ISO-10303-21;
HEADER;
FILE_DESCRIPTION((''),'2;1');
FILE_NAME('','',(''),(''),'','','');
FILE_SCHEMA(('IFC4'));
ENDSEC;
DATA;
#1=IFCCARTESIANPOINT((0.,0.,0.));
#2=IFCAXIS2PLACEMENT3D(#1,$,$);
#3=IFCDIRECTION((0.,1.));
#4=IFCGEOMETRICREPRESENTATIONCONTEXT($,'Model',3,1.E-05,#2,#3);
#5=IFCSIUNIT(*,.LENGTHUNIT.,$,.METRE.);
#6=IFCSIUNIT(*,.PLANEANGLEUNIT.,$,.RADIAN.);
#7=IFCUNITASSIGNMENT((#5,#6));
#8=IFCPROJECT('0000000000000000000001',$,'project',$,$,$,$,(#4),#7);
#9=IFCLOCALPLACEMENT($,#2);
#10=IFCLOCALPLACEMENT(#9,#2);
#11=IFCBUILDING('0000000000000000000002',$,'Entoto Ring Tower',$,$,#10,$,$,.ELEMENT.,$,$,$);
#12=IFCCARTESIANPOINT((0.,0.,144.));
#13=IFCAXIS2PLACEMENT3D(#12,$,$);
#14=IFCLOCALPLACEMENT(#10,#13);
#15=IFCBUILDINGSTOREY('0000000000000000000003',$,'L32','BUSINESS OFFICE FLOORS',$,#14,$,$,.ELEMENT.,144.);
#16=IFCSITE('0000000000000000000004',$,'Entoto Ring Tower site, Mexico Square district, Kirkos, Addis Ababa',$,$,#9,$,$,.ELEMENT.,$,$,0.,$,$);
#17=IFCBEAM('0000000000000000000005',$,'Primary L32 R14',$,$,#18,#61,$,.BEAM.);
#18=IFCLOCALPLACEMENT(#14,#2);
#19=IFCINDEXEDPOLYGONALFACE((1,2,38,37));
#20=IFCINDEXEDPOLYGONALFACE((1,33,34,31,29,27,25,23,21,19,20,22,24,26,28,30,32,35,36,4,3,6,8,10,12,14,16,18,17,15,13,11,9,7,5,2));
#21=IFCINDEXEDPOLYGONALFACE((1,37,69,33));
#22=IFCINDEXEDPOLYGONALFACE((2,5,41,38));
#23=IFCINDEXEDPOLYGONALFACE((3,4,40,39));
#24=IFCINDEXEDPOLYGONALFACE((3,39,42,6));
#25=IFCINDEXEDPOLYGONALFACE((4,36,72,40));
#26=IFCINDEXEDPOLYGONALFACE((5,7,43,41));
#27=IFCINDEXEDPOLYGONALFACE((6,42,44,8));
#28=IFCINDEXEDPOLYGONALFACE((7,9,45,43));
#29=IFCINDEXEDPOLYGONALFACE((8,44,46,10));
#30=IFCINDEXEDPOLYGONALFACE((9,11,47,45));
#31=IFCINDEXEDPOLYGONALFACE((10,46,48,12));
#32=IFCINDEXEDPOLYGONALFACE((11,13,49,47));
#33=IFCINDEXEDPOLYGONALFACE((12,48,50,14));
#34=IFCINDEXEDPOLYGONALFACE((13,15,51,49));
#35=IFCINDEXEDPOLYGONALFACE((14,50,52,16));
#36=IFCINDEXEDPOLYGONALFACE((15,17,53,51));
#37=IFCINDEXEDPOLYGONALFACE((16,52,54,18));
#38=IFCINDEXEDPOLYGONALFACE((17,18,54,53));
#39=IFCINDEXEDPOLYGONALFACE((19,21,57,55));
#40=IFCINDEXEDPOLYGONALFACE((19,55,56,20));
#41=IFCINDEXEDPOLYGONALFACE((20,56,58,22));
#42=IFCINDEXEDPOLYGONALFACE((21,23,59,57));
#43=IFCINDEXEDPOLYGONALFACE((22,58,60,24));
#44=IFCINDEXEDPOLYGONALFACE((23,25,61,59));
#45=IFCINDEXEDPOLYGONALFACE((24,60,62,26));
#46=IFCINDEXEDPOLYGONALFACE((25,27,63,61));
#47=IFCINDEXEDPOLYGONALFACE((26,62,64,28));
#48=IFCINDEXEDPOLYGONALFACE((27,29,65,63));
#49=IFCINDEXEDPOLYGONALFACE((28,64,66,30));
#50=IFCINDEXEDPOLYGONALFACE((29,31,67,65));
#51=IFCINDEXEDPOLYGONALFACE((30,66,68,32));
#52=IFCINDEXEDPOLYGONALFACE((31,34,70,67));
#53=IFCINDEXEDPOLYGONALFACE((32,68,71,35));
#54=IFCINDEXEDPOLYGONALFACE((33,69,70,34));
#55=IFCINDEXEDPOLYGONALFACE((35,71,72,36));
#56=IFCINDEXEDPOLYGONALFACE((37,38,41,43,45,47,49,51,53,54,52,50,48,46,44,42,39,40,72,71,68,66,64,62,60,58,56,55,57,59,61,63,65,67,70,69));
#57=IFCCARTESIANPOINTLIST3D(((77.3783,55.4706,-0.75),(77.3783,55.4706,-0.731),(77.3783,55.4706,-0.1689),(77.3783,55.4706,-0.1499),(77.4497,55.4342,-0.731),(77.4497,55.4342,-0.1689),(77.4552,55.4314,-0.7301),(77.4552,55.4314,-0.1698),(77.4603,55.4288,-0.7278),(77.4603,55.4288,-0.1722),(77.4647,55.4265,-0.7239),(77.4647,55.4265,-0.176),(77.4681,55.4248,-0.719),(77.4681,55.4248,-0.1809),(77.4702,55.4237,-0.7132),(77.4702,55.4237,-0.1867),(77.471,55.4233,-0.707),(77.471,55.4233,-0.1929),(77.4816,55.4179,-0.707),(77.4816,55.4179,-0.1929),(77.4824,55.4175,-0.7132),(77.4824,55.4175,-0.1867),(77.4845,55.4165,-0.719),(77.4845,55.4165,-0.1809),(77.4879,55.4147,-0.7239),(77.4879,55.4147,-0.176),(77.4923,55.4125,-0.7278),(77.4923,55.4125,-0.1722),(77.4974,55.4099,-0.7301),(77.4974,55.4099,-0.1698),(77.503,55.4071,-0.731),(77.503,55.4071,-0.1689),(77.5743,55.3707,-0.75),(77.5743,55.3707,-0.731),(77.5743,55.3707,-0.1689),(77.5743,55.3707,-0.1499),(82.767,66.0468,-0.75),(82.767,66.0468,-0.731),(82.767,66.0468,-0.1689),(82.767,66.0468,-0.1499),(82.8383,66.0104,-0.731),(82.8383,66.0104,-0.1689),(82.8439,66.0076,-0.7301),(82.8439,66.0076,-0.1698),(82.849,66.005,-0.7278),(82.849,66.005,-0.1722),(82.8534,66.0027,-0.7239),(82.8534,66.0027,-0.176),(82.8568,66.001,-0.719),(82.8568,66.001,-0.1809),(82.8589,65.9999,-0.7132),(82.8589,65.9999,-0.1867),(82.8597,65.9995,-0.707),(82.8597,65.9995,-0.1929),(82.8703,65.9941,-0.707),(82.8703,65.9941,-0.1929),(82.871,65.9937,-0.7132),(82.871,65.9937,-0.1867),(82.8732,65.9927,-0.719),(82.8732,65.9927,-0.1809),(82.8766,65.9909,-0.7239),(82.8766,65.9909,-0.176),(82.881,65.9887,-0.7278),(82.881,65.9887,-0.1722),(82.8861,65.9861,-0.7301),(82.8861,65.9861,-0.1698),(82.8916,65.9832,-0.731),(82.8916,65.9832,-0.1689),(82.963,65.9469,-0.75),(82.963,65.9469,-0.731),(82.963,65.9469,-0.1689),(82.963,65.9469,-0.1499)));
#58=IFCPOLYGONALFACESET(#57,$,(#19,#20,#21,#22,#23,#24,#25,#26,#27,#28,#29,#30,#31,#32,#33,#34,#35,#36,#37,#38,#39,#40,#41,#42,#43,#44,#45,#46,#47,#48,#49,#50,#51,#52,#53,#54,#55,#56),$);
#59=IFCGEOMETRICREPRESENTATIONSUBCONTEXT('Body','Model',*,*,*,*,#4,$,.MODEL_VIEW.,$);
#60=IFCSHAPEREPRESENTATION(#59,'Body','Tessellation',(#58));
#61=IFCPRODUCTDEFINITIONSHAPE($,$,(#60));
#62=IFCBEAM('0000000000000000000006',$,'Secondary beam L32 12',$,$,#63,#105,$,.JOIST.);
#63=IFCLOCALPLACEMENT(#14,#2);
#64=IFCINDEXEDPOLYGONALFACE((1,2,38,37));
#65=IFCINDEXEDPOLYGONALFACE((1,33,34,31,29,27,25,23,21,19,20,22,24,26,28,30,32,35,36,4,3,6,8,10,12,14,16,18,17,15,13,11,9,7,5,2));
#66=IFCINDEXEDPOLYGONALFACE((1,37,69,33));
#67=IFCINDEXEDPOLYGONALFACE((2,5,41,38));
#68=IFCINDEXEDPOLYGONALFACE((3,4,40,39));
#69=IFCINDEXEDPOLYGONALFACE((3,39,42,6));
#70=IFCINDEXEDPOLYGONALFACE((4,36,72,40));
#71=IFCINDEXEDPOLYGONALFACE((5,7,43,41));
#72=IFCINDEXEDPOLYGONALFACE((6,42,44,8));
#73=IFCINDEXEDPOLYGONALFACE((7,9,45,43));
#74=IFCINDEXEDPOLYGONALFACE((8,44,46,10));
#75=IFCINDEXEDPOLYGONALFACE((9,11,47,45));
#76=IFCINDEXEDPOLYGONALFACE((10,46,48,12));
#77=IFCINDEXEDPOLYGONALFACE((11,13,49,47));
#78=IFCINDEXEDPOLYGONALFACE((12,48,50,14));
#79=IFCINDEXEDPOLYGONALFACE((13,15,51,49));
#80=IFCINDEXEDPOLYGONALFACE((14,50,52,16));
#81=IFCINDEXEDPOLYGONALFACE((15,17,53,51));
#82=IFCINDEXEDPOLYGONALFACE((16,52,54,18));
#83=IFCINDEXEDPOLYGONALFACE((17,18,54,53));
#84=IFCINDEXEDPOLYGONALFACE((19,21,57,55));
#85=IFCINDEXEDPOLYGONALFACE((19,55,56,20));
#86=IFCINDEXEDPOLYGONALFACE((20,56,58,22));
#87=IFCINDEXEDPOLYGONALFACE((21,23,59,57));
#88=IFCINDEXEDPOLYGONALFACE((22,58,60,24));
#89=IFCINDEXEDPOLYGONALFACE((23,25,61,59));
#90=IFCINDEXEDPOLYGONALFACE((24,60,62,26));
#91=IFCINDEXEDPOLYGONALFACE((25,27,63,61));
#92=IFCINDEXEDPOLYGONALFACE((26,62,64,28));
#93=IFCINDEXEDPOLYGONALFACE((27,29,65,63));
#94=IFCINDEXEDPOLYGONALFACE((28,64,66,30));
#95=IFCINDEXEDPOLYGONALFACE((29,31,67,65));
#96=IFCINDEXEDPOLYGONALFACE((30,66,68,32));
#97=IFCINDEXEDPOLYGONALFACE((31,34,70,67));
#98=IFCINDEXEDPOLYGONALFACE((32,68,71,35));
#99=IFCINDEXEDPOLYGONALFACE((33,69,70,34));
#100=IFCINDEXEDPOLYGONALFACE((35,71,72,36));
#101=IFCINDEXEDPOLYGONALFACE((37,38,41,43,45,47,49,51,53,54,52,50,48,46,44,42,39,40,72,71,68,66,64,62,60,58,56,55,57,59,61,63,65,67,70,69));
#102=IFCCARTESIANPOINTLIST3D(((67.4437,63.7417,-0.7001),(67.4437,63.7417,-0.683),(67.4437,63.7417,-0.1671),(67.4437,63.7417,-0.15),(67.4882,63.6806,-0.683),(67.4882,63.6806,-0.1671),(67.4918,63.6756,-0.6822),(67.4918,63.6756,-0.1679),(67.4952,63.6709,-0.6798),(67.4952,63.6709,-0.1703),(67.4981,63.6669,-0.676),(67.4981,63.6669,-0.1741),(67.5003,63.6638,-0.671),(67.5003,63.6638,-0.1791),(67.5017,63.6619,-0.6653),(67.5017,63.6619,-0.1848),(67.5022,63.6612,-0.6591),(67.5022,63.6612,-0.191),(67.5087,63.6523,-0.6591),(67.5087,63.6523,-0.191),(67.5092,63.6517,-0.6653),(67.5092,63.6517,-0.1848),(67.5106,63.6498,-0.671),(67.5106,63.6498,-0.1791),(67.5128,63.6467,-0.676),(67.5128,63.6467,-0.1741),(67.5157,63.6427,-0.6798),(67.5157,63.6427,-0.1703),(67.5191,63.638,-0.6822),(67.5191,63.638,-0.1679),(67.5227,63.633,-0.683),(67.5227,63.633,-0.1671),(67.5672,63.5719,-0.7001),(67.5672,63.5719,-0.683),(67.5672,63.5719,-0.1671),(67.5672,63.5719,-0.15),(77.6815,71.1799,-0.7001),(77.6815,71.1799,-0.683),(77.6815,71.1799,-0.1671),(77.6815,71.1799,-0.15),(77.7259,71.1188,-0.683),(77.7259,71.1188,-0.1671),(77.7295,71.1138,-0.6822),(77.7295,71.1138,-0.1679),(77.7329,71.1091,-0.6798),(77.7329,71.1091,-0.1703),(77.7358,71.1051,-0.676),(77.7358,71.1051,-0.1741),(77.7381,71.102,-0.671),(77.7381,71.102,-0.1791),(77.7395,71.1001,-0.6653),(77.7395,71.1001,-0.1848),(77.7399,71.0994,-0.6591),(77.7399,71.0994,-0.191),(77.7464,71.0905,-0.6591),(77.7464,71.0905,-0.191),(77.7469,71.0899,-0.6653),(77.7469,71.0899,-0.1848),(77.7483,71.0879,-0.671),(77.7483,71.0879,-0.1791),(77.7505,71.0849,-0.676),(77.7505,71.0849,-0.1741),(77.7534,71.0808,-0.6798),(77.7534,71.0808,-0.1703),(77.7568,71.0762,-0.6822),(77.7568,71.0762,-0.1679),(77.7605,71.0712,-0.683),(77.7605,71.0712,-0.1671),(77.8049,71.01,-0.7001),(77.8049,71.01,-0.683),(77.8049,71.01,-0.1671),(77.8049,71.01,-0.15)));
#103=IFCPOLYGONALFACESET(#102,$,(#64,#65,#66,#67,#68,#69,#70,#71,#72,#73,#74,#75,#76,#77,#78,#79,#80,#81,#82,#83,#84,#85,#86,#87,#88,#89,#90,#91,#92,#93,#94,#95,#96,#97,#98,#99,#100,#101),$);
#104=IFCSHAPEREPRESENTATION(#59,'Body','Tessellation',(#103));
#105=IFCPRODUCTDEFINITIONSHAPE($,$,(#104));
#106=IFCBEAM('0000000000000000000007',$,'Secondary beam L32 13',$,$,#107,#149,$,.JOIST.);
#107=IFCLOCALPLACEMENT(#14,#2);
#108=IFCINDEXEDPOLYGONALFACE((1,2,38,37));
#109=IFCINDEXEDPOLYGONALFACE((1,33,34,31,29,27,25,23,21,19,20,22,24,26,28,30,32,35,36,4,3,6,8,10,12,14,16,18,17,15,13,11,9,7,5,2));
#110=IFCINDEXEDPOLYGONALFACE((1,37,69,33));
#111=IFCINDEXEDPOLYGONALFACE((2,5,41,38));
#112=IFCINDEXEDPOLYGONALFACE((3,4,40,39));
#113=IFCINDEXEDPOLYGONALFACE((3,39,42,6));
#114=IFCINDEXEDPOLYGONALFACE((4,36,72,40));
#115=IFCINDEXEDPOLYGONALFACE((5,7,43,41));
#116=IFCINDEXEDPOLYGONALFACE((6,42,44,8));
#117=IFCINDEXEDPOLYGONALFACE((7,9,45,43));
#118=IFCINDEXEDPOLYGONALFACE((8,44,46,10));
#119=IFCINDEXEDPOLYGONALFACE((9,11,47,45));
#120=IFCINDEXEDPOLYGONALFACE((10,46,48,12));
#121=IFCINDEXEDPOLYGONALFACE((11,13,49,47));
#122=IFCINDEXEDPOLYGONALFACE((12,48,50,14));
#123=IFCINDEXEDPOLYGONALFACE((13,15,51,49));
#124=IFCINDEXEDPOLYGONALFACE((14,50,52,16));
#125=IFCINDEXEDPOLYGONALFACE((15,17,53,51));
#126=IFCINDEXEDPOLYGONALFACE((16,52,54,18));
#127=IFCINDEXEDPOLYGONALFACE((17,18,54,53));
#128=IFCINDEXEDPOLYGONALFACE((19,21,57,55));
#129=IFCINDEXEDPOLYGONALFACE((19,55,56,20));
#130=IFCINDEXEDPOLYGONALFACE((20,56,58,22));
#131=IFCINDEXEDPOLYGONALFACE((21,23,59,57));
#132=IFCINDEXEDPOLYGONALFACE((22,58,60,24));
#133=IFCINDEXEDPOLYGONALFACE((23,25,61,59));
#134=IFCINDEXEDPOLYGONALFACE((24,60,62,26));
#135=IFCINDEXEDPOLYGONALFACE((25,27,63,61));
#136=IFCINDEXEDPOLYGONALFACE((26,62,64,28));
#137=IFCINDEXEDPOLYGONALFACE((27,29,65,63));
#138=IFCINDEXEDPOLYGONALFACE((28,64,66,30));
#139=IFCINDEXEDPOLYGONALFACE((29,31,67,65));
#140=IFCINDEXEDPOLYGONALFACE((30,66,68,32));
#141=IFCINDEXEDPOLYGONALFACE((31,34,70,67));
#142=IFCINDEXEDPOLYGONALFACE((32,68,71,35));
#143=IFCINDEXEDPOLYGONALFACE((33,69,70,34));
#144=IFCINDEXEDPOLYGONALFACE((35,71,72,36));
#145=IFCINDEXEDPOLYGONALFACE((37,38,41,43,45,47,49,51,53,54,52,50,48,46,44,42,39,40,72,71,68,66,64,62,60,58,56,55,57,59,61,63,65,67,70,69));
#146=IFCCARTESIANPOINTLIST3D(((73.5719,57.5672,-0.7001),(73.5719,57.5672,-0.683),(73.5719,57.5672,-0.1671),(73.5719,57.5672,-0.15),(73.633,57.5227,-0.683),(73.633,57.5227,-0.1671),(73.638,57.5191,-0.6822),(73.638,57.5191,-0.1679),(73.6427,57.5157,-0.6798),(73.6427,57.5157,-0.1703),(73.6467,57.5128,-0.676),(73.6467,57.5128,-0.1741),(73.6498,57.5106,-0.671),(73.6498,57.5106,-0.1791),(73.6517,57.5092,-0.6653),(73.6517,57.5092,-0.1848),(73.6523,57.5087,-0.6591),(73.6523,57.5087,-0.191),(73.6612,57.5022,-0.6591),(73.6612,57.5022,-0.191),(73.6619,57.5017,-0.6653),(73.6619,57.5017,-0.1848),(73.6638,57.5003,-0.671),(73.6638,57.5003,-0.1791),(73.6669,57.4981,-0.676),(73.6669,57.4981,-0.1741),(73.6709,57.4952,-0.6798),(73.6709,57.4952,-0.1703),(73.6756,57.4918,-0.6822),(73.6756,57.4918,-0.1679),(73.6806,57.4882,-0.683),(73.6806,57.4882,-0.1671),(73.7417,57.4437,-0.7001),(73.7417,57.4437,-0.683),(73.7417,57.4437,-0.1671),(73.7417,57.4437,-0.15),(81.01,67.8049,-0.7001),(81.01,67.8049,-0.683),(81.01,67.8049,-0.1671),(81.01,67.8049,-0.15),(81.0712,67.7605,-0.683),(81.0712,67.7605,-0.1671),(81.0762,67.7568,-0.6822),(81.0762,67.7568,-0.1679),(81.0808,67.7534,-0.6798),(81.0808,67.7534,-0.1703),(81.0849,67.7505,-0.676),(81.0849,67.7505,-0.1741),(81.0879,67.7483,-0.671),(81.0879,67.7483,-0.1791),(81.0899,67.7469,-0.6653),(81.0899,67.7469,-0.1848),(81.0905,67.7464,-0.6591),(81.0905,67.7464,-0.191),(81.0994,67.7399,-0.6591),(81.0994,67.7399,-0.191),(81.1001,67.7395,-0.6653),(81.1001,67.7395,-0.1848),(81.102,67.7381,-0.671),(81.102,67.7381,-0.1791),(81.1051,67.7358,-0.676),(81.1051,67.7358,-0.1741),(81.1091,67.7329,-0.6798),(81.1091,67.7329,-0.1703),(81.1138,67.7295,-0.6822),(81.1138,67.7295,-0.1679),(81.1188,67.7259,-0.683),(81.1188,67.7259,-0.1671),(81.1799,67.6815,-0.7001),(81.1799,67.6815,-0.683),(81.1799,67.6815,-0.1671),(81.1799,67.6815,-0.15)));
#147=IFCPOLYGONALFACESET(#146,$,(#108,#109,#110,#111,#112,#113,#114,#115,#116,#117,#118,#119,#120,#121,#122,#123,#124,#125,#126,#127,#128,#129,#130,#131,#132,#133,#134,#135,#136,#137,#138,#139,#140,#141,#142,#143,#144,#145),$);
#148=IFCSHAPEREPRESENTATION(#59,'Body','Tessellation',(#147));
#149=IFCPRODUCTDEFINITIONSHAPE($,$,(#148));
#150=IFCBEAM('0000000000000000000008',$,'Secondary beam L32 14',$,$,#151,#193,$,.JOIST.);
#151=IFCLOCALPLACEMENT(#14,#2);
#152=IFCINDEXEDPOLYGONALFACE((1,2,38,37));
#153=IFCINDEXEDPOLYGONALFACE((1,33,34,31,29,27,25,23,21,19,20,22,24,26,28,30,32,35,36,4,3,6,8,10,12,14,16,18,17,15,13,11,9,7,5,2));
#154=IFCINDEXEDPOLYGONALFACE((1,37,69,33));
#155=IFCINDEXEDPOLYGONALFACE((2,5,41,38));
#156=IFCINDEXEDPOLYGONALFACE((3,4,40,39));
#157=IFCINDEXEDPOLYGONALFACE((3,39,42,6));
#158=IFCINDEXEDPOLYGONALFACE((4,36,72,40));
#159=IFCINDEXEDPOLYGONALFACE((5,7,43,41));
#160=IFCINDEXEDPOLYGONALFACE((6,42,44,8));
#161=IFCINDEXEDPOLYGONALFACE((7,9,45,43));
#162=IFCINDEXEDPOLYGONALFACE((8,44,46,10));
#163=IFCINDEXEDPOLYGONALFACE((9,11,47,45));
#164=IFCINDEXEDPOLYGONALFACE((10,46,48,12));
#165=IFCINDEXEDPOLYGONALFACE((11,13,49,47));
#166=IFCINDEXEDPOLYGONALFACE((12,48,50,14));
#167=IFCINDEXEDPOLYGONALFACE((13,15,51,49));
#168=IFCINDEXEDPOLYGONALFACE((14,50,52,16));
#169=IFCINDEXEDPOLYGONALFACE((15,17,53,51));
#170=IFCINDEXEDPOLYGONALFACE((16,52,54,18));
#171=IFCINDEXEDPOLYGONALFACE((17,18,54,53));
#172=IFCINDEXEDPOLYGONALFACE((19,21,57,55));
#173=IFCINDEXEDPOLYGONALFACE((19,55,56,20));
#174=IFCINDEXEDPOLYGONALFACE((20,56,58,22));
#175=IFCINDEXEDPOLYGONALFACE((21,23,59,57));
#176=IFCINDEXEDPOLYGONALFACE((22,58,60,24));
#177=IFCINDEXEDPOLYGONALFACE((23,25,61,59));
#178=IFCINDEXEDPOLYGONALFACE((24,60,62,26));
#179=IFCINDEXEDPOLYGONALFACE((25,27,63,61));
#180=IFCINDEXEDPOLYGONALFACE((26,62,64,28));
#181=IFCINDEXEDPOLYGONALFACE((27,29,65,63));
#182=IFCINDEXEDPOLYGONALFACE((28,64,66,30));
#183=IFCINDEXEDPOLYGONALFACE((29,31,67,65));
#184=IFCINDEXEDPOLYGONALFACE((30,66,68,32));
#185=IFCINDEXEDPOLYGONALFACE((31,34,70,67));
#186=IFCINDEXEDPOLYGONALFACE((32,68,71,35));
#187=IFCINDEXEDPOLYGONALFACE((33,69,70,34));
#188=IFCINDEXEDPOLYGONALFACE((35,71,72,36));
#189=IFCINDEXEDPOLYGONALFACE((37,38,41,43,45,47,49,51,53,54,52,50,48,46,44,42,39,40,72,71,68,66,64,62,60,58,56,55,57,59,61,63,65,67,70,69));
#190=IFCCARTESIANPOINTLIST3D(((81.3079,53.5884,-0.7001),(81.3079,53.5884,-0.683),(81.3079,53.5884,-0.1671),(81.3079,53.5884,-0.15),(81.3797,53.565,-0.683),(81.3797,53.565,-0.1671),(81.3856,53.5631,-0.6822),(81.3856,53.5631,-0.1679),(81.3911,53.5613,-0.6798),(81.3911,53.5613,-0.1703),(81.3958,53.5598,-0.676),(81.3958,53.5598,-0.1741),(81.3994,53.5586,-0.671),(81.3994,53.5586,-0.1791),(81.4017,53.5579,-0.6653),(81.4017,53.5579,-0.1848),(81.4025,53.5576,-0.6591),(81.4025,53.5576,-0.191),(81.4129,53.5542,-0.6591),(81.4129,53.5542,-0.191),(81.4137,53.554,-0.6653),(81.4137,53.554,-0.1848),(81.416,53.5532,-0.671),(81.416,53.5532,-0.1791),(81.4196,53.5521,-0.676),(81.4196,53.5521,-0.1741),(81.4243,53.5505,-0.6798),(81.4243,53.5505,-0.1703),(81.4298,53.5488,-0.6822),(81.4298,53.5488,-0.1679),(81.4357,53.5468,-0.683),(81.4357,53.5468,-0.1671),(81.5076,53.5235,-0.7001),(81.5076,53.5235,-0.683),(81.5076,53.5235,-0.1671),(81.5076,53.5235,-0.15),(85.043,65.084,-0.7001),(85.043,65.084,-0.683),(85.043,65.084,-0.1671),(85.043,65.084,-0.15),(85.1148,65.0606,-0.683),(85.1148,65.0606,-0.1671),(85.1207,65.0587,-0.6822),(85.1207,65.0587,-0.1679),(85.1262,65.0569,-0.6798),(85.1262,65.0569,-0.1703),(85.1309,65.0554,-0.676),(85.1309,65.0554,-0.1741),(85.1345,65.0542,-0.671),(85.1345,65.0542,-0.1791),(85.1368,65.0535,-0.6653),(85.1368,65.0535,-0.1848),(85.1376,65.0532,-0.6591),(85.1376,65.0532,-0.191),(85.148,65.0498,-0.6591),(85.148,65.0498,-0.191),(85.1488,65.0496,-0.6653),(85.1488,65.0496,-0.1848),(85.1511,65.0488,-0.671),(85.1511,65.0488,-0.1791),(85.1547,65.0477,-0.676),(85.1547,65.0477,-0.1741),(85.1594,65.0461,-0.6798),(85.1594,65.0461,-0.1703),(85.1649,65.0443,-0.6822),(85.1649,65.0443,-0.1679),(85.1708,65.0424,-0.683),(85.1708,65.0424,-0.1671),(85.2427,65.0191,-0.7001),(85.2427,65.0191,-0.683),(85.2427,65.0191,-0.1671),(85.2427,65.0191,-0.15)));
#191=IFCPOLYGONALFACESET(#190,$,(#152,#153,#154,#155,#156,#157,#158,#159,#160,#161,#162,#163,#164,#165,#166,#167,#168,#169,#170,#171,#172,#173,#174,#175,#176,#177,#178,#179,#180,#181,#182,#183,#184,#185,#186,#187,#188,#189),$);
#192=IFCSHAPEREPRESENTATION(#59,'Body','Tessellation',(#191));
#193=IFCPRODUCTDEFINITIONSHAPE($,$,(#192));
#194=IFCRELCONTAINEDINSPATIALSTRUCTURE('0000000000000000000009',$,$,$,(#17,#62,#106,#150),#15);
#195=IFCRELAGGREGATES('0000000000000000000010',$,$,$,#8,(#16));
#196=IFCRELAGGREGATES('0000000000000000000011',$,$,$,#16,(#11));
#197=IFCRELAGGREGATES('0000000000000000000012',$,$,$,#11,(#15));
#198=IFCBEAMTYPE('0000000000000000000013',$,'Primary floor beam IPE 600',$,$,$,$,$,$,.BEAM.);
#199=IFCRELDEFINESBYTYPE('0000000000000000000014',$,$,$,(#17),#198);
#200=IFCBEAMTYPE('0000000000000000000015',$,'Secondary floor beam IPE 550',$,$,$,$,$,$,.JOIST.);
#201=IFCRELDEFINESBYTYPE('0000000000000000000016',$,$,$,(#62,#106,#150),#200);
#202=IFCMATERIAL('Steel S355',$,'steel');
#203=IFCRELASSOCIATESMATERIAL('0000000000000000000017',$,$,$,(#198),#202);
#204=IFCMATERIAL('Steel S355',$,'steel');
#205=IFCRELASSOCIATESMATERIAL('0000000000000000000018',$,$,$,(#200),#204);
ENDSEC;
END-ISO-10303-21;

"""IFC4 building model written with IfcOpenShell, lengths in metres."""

from ifc_helpers import new_model, si_unit, direction, frame, origin, origin_2d, place, context, subcontext, project, spatial, i_section, extrude, material, material_profile, profile_set, type_object, element, save


model = new_model("IFC4")

# Units and contexts
model_context = context("Model", 3, precision=1e-05, world=origin(), true_north=direction((0.0, 1.0)))
body_context = subcontext(model_context, "Body", "Model", "MODEL_VIEW")
ifc_project = project(units=[si_unit("LENGTHUNIT", "METRE"), si_unit("PLANEANGLEUNIT", "RADIAN")], contexts=[model_context])

# Site, building, storey
site_placement = place(None, origin())
site = spatial("IfcSite", under=ifc_project, at=site_placement, Name="Entoto Ring Tower site, Mexico Square district, Kirkos, Addis Ababa", CompositionType="ELEMENT", RefElevation=0.0)
building_placement = place(site_placement, origin())
building = spatial("IfcBuilding", under=site, at=building_placement, Name="Entoto Ring Tower", CompositionType="ELEMENT")
storey_placement = place(building_placement, frame((0.0, 0.0, 144.0)))
storey = spatial("IfcBuildingStorey", under=building, at=storey_placement, Name="L32", Description="BUSINESS OFFICE FLOORS", CompositionType="ELEMENT", Elevation=144.0)

# Beams
ifc_material_1 = material(Name="Steel S355", Category="steel")
ifc_material_profile_1 = material_profile(ifc_material_1, i_section(OverallWidth=0.22, OverallDepth=0.6001, WebThickness=0.012, FlangeThickness=0.019, FilletRadius=0.0239, at=origin_2d()), Name="IPE 600")
ifc_profile_set_1 = profile_set([ifc_material_profile_1], Name="Steel S355")
beam_type_1 = type_object("IfcBeamType", Name="Primary floor beam IPE 600", PredefinedType="BEAM", material=ifc_profile_set_1)
beam_1_placement = place(storey_placement, frame((82.865, 65.9968, -0.45), z_axis=(-0.45398, -0.891012, 0.0), x_axis=(0.891012, -0.45398, 0.0)))
element("IfcBeam", 1, at=beam_1_placement, inside=storey, type_object=beam_type_1, Name="Primary L32 R14", PredefinedType="BEAM", context=body_context, shape_type="SweptSolid", body=[
    extrude(i_section(OverallWidth=0.22, OverallDepth=0.6001, WebThickness=0.012, FlangeThickness=0.019, FilletRadius=0.0239, at=origin_2d()), origin(), (0.0, 0.0, 1.0), 11.8699),
])
ifc_material_2 = material(Name="Steel S355", Category="steel")
ifc_material_profile_2 = material_profile(ifc_material_2, i_section(OverallWidth=0.21, OverallDepth=0.55, WebThickness=0.011, FlangeThickness=0.0171, FilletRadius=0.0239, at=origin_2d()), Name="IPE 550")
ifc_profile_set_2 = profile_set([ifc_material_profile_2], Name="Steel S355")
beam_type_2 = type_object("IfcBeamType", Name="Secondary floor beam IPE 550", PredefinedType="JOIST", material=ifc_profile_set_2)
for number, where, z_axis, x_axis, name in (
    (2, (77.7432, 71.095, -0.425), (-0.809015, -0.587787, 0.0), (0.587787, -0.809015, 0.0), "Secondary beam L32 12"),
    (3, (81.095, 67.7432, -0.425), (-0.587787, -0.809015, 0.0), (0.809015, -0.587787, 0.0), "Secondary beam L32 13"),
):
    element("IfcBeam", number, at=place(storey_placement, frame(where, z_axis=z_axis, x_axis=x_axis)), inside=storey, type_object=beam_type_2, Name=name, PredefinedType="JOIST", context=body_context, shape_type="SweptSolid", body=[
        extrude(i_section(OverallWidth=0.21, OverallDepth=0.55, WebThickness=0.011, FlangeThickness=0.0171, FilletRadius=0.0239, at=origin_2d()), origin(), (0.0, 0.0, 1.0), 12.6545),
    ])
beam_2_placement = place(storey_placement, frame((85.1428, 65.0515, -0.425), z_axis=(-0.309014, -0.951058, 0.0), x_axis=(0.951058, -0.309014, 0.0)))
element("IfcBeam", 4, at=beam_2_placement, inside=storey, type_object=beam_type_2, Name="Secondary beam L32 14", PredefinedType="JOIST", context=body_context, shape_type="SweptSolid", body=[
    extrude(i_section(OverallWidth=0.21, OverallDepth=0.55, WebThickness=0.011, FlangeThickness=0.0171, FilletRadius=0.0239, at=origin_2d()), origin(), (0.0, 0.0, 1.0), 12.0872),
])

save(model, "model.ifc")
